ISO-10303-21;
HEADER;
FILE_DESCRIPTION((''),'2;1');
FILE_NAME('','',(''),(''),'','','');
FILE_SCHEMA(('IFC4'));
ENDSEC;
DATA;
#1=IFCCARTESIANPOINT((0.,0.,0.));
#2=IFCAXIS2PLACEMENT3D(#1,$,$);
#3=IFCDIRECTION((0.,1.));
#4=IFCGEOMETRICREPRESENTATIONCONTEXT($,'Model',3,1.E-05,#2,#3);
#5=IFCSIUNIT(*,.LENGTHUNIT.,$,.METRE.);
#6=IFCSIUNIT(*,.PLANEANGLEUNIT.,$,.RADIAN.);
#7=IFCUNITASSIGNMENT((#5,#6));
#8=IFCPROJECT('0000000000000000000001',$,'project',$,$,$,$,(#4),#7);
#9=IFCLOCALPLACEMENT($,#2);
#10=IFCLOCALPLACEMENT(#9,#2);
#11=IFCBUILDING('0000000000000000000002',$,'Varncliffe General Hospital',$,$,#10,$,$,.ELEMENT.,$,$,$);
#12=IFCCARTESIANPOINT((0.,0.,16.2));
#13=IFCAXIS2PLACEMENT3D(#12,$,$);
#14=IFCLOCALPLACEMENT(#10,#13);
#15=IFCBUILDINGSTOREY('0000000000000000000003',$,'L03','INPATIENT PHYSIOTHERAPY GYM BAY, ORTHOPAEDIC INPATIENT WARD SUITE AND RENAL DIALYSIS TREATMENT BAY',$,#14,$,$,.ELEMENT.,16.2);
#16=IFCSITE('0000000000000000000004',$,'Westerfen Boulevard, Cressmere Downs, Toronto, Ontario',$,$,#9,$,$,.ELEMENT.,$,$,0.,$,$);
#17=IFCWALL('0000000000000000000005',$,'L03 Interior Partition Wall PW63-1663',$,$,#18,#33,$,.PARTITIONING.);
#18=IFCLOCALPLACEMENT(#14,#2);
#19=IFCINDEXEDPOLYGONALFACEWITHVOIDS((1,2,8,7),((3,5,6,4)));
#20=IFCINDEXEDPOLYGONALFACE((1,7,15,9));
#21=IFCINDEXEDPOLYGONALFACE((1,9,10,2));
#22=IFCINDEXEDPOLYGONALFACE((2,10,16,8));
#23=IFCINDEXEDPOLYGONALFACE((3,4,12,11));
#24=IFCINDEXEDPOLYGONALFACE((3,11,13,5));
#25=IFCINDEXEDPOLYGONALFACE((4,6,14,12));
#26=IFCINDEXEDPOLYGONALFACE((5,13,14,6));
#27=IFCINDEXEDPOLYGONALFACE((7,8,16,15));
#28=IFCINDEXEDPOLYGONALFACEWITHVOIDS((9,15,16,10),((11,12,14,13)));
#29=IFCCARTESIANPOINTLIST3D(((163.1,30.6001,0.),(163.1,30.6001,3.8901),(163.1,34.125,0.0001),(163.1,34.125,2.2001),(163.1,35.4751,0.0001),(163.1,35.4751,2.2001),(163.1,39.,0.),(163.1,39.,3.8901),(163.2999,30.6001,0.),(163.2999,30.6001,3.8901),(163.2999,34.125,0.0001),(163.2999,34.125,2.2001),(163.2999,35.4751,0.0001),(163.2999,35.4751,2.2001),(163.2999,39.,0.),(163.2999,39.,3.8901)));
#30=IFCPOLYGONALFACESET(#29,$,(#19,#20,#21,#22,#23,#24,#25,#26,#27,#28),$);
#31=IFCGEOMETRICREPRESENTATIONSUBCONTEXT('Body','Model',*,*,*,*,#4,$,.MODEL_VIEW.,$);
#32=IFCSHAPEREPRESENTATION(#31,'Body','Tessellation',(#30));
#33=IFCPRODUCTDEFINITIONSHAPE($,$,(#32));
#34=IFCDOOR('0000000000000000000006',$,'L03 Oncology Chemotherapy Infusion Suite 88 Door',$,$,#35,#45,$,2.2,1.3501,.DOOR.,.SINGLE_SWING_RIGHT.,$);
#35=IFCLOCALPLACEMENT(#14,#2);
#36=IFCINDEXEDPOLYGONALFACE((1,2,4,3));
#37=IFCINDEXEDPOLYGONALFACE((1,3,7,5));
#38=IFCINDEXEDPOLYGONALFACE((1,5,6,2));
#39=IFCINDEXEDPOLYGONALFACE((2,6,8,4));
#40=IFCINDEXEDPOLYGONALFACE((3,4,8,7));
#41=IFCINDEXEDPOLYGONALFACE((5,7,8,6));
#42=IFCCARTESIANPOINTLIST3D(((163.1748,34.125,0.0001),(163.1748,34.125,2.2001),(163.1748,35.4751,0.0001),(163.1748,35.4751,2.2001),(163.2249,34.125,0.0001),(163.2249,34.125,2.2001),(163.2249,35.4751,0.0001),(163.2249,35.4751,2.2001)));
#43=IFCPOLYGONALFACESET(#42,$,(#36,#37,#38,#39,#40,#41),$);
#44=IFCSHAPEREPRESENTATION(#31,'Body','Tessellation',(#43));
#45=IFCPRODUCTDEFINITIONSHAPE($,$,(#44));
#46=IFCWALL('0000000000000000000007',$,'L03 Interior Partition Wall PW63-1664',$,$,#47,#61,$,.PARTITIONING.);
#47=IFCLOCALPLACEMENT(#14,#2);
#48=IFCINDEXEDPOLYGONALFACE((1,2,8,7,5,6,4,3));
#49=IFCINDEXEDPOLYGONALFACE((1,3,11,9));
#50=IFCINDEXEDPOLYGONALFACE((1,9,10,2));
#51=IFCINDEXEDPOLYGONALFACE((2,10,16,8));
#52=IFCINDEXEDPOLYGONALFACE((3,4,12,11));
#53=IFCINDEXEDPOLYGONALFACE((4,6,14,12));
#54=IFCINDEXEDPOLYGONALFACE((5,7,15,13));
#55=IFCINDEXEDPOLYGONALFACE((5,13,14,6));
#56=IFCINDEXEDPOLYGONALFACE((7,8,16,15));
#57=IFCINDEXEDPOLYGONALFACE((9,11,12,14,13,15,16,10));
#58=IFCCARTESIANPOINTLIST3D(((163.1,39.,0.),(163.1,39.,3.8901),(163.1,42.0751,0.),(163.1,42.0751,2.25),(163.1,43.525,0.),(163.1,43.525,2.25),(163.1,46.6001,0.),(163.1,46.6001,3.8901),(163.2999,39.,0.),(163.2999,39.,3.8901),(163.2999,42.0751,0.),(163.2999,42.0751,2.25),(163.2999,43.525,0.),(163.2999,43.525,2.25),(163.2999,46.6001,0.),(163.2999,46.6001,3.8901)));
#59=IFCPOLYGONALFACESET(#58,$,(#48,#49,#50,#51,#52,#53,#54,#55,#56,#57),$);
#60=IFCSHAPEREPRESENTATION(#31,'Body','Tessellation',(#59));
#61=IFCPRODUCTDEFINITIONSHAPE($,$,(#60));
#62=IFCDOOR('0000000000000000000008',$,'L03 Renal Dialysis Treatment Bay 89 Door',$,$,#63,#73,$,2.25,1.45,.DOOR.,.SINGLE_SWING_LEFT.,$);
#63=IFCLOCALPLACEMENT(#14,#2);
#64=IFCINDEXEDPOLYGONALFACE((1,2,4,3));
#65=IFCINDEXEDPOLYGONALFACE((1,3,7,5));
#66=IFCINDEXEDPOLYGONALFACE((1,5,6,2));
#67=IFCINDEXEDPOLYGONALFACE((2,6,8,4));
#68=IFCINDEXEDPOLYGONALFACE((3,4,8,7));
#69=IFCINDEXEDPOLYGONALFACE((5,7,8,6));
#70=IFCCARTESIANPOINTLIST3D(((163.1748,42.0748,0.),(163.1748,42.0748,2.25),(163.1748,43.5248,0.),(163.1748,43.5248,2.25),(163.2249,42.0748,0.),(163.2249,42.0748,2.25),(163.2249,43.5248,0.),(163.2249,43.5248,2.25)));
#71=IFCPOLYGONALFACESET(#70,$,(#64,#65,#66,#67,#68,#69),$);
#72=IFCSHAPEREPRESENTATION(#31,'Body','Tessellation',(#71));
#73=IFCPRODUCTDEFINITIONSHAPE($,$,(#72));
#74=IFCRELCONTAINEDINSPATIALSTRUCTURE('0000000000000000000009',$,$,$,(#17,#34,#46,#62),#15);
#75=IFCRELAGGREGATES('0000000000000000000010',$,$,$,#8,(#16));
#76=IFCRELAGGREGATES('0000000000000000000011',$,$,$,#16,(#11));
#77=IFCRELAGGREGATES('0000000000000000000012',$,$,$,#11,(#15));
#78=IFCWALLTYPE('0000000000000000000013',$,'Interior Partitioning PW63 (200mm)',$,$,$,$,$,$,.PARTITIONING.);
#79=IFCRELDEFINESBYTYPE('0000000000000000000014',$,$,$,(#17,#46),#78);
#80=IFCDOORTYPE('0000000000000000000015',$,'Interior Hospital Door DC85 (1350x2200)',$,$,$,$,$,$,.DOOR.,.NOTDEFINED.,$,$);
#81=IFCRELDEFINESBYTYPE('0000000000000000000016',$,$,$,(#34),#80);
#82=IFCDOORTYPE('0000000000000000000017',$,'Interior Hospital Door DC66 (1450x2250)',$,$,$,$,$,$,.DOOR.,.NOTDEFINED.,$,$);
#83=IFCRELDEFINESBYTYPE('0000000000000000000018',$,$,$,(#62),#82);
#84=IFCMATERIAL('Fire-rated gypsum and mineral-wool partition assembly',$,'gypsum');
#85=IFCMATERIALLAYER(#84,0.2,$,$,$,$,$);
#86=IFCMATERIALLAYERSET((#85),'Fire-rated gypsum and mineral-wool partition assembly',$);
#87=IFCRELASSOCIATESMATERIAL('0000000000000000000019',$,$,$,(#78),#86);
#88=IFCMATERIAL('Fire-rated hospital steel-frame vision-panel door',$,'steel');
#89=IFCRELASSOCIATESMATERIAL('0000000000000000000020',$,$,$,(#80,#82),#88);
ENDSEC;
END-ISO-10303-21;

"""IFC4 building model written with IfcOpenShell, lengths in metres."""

from ifc_helpers import new_model, si_unit, direction, frame, frame_2d, origin, place, context, subcontext, project, spatial, rectangle, extrude, material, layer, layer_set, type_object, element, fill, save


model = new_model("IFC4")

# Units and contexts
model_context = context("Model", 3, precision=1e-05, world=origin(), true_north=direction((0.0, 1.0)))
body_context = subcontext(model_context, "Body", "Model", "MODEL_VIEW")
ifc_project = project(units=[si_unit("LENGTHUNIT", "METRE"), si_unit("PLANEANGLEUNIT", "RADIAN")], contexts=[model_context])

# Site, building, storey
site_placement = place(None, origin())
site = spatial("IfcSite", under=ifc_project, at=site_placement, Name="Westerfen Boulevard, Cressmere Downs, Toronto, Ontario", CompositionType="ELEMENT", RefElevation=0.0)
building_placement = place(site_placement, origin())
building = spatial("IfcBuilding", under=site, at=building_placement, Name="Varncliffe General Hospital", CompositionType="ELEMENT")
storey_placement = place(building_placement, frame((0.0, 0.0, 16.2)))
storey = spatial("IfcBuildingStorey", under=building, at=storey_placement, Name="L03", Description="INPATIENT PHYSIOTHERAPY GYM BAY, ORTHOPAEDIC INPATIENT WARD SUITE AND RENAL DIALYSIS TREATMENT BAY", CompositionType="ELEMENT", Elevation=16.2)

# Walls, openings, doors
ifc_material_1 = material(Name="Fire-rated gypsum and mineral-wool partition assembly", Category="gypsum")
ifc_layer_1 = layer(ifc_material_1, 0.2)
ifc_layer_set_1 = layer_set([ifc_layer_1], Name="Fire-rated gypsum and mineral-wool partition assembly")
wall_type_1 = type_object("IfcWallType", Name="Interior Partitioning PW63 (200mm)", PredefinedType="PARTITIONING", material=ifc_layer_set_1)
ifc_material_2 = material(Name="Fire-rated hospital steel-frame vision-panel door", Category="steel")
wall_1_placement = place(storey_placement, frame((163.2, 30.6001, 0.0), z_axis=(0.0, 0.0, 1.0), x_axis=(0.0, 1.0, 0.0)))
wall_1 = element("IfcWall", 1, at=wall_1_placement, inside=storey, type_object=wall_type_1, Name="L03 Interior Partition Wall PW63-1663", PredefinedType="PARTITIONING", context=body_context, shape_type="SweptSolid", body=[
    extrude(rectangle(XDim=8.3999, YDim=0.2, at=frame_2d((4.2, 0.0))), origin(), (0.0, 0.0, 1.0), 3.8901),
])
opening_1_placement = place(wall_1_placement, frame((3.5249, 0.0, 0.0)))
opening_1 = element("IfcOpeningElement", 2, at=opening_1_placement, cuts=wall_1, PredefinedType="OPENING", context=body_context, shape_type="SweptSolid", body=[
    extrude(rectangle(XDim=1.3501, YDim=2.2, at=frame_2d((0.675, 1.1001))), frame((0.0, 0.1099, 0.0), z_axis=(0.0, -1.0, 0.0), x_axis=(1.0, 0.0, 0.0)), (0.0, 0.0, 1.0), 0.22),
])
door_type_1 = type_object("IfcDoorType", Name="Interior Hospital Door DC85 (1350x2200)", OperationType="NOTDEFINED", PredefinedType="DOOR", material=ifc_material_2)
door_1_placement = place(opening_1_placement, frame((1.3501, 0.0, 0.0), z_axis=(0.0, 0.0, 1.0), x_axis=(-1.0, 0.0, 0.0)))
door_1 = element("IfcDoor", 3, at=door_1_placement, inside=storey, type_object=door_type_1, Name="L03 Oncology Chemotherapy Infusion Suite 88 Door", OperationType="SINGLE_SWING_RIGHT", OverallHeight=2.2, OverallWidth=1.3501, PredefinedType="DOOR", context=body_context, shape_type="SweptSolid", body=[
    extrude(rectangle(XDim=1.3501, YDim=2.2, at=frame_2d((0.675, 1.1001))), frame((0.0, 0.0249, 0.0), z_axis=(0.0, -1.0, 0.0), x_axis=(1.0, 0.0, 0.0)), (0.0, 0.0, 1.0), 0.05),
])
fill(opening_1, door_1)
wall_2_placement = place(storey_placement, frame((163.2, 39.0, 0.0), z_axis=(0.0, 0.0, 1.0), x_axis=(0.0, 1.0, 0.0)))
wall_2 = element("IfcWall", 4, at=wall_2_placement, inside=storey, type_object=wall_type_1, Name="L03 Interior Partition Wall PW63-1664", PredefinedType="PARTITIONING", context=body_context, shape_type="SweptSolid", body=[
    extrude(rectangle(XDim=7.6001, YDim=0.2, at=frame_2d((3.8, 0.0))), origin(), (0.0, 0.0, 1.0), 3.8901),
])
opening_2_placement = place(wall_2_placement, frame((3.075, 0.0, 0.0)))
opening_2 = element("IfcOpeningElement", 5, at=opening_2_placement, cuts=wall_2, PredefinedType="OPENING", context=body_context, shape_type="SweptSolid", body=[
    extrude(rectangle(XDim=1.45, YDim=2.25, at=frame_2d((0.7251, 1.125))), frame((0.0, 0.1099, 0.0), z_axis=(0.0, -1.0, 0.0), x_axis=(1.0, 0.0, 0.0)), (0.0, 0.0, 1.0), 0.22),
])
door_type_2 = type_object("IfcDoorType", Name="Interior Hospital Door DC66 (1450x2250)", OperationType="NOTDEFINED", PredefinedType="DOOR", material=ifc_material_2)
door_2_placement = place(opening_2_placement, frame((1.45, 0.0, 0.0), z_axis=(0.0, 0.0, 1.0), x_axis=(-1.0, 0.0, 0.0)))
door_2 = element("IfcDoor", 6, at=door_2_placement, inside=storey, type_object=door_type_2, Name="L03 Renal Dialysis Treatment Bay 89 Door", OperationType="SINGLE_SWING_LEFT", OverallHeight=2.25, OverallWidth=1.45, PredefinedType="DOOR", context=body_context, shape_type="SweptSolid", body=[
    extrude(rectangle(XDim=1.45, YDim=2.25, at=frame_2d((0.7251, 1.125))), frame((0.0, 0.0249, 0.0), z_axis=(0.0, -1.0, 0.0), x_axis=(1.0, 0.0, 0.0)), (0.0, 0.0, 1.0), 0.05),
])
fill(opening_2, door_2)

save(model, "model.ifc")
